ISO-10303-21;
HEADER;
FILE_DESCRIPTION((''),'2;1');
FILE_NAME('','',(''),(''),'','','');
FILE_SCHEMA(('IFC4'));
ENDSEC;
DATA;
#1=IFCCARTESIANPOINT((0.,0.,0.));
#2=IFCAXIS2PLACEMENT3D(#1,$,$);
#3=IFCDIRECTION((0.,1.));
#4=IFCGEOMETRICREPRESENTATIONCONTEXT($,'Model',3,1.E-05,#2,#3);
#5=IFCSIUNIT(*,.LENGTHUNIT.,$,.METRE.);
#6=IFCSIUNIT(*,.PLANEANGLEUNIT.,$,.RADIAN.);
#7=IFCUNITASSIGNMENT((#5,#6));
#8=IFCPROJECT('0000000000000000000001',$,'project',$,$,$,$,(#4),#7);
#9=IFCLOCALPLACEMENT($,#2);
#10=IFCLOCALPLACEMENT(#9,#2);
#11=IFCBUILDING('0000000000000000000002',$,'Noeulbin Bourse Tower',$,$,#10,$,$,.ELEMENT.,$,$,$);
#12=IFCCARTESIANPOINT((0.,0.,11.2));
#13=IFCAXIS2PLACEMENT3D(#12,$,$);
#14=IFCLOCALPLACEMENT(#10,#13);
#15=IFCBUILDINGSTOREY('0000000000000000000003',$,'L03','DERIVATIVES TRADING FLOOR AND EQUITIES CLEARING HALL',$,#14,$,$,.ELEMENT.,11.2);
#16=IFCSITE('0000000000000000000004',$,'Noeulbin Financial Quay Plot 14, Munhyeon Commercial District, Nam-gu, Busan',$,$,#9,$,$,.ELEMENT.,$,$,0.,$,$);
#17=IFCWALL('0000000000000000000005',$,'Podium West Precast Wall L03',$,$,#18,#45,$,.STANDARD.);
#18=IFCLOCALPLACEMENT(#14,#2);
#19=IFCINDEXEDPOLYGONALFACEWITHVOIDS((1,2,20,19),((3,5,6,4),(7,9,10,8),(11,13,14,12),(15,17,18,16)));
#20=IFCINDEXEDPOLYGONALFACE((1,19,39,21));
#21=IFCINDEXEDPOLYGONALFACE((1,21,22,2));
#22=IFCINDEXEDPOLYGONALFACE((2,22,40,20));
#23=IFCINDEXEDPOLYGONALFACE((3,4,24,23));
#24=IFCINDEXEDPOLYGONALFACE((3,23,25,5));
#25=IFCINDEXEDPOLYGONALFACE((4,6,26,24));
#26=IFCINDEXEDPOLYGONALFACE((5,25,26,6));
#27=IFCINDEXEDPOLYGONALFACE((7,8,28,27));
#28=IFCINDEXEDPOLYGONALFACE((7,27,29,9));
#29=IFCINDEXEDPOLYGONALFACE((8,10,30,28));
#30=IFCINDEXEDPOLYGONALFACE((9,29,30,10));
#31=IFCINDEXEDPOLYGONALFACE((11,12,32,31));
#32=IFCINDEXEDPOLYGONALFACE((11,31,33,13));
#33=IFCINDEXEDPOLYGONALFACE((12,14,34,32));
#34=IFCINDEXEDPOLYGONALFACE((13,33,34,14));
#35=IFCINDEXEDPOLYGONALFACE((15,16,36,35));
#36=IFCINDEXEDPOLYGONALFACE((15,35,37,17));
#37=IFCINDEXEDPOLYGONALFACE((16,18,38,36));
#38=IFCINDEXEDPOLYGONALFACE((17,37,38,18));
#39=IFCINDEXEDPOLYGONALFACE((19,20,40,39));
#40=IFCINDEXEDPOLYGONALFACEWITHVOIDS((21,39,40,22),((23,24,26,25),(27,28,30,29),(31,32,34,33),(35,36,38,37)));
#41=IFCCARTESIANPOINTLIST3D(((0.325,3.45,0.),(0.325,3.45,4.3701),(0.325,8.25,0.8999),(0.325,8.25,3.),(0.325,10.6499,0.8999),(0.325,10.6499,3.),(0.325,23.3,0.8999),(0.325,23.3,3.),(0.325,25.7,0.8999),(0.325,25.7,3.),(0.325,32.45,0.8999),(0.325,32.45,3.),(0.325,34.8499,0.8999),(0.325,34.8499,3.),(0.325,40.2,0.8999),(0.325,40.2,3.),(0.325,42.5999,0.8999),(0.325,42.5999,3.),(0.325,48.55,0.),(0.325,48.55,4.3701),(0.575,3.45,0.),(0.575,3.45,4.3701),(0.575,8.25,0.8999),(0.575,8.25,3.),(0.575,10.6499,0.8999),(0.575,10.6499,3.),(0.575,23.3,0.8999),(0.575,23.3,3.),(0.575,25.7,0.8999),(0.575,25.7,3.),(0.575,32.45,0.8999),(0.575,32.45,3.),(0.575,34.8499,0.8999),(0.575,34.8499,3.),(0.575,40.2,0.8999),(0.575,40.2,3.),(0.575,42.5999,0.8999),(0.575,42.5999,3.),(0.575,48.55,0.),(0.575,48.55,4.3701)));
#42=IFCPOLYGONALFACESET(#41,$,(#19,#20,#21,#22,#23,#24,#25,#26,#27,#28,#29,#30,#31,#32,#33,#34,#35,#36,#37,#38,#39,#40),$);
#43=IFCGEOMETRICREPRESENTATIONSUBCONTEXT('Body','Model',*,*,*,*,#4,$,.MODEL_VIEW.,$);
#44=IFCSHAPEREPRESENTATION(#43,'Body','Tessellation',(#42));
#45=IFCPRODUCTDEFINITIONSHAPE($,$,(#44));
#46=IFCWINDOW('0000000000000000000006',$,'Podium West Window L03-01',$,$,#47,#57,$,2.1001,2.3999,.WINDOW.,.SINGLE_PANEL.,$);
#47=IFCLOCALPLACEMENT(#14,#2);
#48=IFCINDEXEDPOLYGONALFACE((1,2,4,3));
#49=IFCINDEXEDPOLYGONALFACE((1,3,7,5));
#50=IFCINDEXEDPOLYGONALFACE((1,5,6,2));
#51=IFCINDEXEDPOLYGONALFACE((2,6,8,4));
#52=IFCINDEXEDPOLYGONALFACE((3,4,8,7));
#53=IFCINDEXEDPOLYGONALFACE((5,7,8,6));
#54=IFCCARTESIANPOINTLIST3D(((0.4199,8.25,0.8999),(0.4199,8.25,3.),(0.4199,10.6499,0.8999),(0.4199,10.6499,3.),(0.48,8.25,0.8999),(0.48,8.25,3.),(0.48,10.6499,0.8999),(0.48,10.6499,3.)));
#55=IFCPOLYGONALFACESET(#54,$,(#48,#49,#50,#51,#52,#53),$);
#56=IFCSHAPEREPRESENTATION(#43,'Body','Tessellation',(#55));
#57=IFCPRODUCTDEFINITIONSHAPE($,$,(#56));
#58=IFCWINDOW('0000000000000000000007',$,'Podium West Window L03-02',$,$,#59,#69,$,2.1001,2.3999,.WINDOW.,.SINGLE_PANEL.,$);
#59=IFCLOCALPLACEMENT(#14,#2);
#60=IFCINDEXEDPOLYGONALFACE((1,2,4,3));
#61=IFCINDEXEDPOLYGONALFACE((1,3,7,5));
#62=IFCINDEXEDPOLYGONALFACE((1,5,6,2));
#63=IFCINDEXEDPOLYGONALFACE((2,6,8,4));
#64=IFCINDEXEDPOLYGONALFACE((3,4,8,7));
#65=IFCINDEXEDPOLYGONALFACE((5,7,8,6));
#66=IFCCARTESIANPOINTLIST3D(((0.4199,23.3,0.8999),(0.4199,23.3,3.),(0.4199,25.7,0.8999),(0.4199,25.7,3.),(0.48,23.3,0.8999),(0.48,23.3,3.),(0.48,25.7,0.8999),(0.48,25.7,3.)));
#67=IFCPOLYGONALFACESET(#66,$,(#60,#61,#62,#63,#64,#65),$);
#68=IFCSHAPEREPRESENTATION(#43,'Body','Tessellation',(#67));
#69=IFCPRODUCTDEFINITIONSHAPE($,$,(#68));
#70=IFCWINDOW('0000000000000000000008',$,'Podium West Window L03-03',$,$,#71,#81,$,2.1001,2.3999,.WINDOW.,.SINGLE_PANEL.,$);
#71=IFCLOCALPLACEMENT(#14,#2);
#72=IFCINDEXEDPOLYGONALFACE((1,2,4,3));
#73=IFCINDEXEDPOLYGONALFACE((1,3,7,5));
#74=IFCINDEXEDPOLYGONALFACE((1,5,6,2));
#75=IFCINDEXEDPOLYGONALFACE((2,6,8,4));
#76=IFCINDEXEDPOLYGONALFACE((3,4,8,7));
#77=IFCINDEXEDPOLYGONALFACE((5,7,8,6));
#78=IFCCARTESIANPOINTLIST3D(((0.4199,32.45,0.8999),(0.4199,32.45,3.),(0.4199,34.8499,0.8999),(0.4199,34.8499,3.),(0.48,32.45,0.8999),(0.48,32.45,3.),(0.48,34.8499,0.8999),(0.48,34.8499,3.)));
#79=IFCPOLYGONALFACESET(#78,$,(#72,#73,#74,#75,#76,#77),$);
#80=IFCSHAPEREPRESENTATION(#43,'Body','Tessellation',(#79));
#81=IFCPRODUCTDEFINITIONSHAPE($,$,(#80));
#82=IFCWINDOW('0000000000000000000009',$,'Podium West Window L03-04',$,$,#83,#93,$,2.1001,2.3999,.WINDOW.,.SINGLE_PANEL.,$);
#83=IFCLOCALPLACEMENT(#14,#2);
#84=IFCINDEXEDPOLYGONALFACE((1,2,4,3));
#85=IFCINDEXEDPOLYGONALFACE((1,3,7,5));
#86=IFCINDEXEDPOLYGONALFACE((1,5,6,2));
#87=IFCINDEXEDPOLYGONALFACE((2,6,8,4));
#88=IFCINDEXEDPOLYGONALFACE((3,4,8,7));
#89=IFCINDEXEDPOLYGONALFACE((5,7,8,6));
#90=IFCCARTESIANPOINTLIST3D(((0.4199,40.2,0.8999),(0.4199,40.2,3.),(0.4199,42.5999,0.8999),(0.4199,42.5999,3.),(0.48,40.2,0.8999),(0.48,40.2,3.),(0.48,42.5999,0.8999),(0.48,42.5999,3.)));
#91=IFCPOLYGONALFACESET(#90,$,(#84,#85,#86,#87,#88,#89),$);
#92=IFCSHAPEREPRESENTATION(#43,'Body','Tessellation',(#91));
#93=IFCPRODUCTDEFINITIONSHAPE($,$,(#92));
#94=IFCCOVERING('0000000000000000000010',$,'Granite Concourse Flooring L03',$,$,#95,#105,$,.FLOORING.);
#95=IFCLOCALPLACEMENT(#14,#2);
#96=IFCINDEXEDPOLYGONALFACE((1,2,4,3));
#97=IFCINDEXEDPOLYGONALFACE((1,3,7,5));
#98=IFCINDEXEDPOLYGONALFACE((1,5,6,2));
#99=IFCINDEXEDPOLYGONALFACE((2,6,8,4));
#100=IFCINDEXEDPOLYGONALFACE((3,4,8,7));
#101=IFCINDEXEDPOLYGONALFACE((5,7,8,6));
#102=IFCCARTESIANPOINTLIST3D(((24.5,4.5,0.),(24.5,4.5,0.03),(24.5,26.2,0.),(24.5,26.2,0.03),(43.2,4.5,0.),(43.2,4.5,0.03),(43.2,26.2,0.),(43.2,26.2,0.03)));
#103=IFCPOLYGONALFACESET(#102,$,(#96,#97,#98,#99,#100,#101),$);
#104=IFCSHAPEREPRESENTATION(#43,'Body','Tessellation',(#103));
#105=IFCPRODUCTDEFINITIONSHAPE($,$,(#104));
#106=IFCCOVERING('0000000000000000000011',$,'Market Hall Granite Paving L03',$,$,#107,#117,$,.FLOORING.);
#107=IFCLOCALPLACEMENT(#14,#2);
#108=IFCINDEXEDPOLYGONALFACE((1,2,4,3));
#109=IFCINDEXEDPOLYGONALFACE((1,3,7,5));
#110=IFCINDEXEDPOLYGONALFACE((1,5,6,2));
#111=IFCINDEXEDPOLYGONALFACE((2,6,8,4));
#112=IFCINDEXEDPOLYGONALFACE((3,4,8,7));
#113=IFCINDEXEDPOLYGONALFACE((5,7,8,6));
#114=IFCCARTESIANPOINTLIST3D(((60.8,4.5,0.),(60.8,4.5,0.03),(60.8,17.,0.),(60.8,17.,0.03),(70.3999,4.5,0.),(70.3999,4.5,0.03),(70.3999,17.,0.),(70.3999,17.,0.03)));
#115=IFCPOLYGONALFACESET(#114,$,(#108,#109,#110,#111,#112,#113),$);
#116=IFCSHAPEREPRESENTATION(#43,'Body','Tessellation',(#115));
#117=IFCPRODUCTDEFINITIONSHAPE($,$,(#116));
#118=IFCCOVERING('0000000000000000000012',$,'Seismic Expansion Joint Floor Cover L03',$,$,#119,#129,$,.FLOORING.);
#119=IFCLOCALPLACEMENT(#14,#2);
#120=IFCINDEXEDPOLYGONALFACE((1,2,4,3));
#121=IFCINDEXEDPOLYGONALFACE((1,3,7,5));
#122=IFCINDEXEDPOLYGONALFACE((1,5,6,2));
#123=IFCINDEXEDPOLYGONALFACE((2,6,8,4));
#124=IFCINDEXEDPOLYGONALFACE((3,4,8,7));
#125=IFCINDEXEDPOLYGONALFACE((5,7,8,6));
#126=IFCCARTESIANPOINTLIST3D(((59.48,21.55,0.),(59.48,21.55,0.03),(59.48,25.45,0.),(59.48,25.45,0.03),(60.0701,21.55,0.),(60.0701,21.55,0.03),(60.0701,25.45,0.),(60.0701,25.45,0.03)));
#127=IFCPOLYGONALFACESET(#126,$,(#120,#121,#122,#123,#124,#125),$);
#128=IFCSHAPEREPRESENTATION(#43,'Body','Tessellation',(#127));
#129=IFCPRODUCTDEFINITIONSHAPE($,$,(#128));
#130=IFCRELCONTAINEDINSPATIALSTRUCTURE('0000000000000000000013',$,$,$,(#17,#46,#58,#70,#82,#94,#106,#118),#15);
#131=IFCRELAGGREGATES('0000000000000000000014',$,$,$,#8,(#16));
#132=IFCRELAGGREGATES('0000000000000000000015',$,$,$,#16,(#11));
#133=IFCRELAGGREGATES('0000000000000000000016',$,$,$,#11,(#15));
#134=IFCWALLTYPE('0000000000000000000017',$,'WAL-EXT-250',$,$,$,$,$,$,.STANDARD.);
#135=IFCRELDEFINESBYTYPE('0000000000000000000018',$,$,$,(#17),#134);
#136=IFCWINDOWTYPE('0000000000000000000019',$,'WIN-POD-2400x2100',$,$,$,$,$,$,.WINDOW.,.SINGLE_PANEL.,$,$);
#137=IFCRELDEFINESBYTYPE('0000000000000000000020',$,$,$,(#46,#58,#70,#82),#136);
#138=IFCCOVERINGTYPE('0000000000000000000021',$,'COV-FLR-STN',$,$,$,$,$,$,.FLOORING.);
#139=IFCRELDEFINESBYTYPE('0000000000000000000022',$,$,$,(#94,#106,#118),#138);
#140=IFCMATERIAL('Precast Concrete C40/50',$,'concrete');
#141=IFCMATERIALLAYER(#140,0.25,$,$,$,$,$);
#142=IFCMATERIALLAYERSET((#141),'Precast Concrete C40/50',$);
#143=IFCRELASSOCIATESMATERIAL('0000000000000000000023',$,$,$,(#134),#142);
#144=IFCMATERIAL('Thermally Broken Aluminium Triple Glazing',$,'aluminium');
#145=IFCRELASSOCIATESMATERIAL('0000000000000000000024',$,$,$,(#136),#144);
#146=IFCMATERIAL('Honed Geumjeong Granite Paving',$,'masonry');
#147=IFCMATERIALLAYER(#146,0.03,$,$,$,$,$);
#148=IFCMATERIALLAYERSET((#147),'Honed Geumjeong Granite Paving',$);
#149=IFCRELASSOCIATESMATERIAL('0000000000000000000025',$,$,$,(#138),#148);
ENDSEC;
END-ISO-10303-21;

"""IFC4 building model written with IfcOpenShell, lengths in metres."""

from ifc_helpers import new_model, si_unit, direction, frame, frame_2d, origin, place, context, subcontext, project, spatial, polyline, rectangle, outline, extrude, material, layer, layer_set, type_object, element, fill, save


model = new_model("IFC4")

# Units and contexts
model_context = context("Model", 3, precision=1e-05, world=origin(), true_north=direction((0.0, 1.0)))
body_context = subcontext(model_context, "Body", "Model", "MODEL_VIEW")
ifc_project = project(units=[si_unit("LENGTHUNIT", "METRE"), si_unit("PLANEANGLEUNIT", "RADIAN")], contexts=[model_context])

# Site, building, storey
site_placement = place(None, origin())
site = spatial("IfcSite", under=ifc_project, at=site_placement, Name="Noeulbin Financial Quay Plot 14, Munhyeon Commercial District, Nam-gu, Busan", CompositionType="ELEMENT", RefElevation=0.0)
building_placement = place(site_placement, origin())
building = spatial("IfcBuilding", under=site, at=building_placement, Name="Noeulbin Bourse Tower", CompositionType="ELEMENT")
storey_placement = place(building_placement, frame((0.0, 0.0, 11.2)))
storey = spatial("IfcBuildingStorey", under=building, at=storey_placement, Name="L03", Description="DERIVATIVES TRADING FLOOR AND EQUITIES CLEARING HALL", CompositionType="ELEMENT", Elevation=11.2)

# Wall, openings, windows
ifc_material_1 = material(Name="Precast Concrete C40/50", Category="concrete")
ifc_layer_1 = layer(ifc_material_1, 0.25)
ifc_layer_set_1 = layer_set([ifc_layer_1], Name="Precast Concrete C40/50")
wall_type = type_object("IfcWallType", Name="WAL-EXT-250", PredefinedType="STANDARD", material=ifc_layer_set_1)
wall_placement = place(storey_placement, frame((0.45, 3.45, 0.0), z_axis=(0.0, 0.0, 1.0), x_axis=(0.0, 1.0, 0.0)))
wall = element("IfcWall", 1, at=wall_placement, inside=storey, type_object=wall_type, Name="Podium West Precast Wall L03", PredefinedType="STANDARD", context=body_context, shape_type="SweptSolid", body=[
    extrude(rectangle(XDim=45.1001, YDim=0.25, at=frame_2d((22.55, 0.0))), origin(), (0.0, 0.0, 1.0), 4.3701),
])
opening_1_placement = place(wall_placement, frame((4.8, 0.0, 0.8999)))
opening_1 = element("IfcOpeningElement", 2, at=opening_1_placement, cuts=wall, PredefinedType="OPENING", context=body_context, shape_type="SweptSolid", body=[
    extrude(rectangle(XDim=2.3999, YDim=2.1001, at=frame_2d((1.2, 1.05))), frame((0.0, 0.135, 0.0), z_axis=(0.0, -1.0, 0.0), x_axis=(1.0, 0.0, 0.0)), (0.0, 0.0, 1.0), 0.27),
])
opening_2_placement = place(wall_placement, frame((19.8501, 0.0, 0.8999)))
opening_2 = element("IfcOpeningElement", 3, at=opening_2_placement, cuts=wall, PredefinedType="OPENING", context=body_context, shape_type="SweptSolid", body=[
    extrude(rectangle(XDim=2.3999, YDim=2.1001, at=frame_2d((1.2, 1.05))), frame((0.0, 0.135, 0.0), z_axis=(0.0, -1.0, 0.0), x_axis=(1.0, 0.0, 0.0)), (0.0, 0.0, 1.0), 0.27),
])
opening_3_placement = place(wall_placement, frame((29.0, 0.0, 0.8999)))
opening_3 = element("IfcOpeningElement", 4, at=opening_3_placement, cuts=wall, PredefinedType="OPENING", context=body_context, shape_type="SweptSolid", body=[
    extrude(rectangle(XDim=2.3999, YDim=2.1001, at=frame_2d((1.2, 1.05))), frame((0.0, 0.135, 0.0), z_axis=(0.0, -1.0, 0.0), x_axis=(1.0, 0.0, 0.0)), (0.0, 0.0, 1.0), 0.27),
])
opening_4_placement = place(wall_placement, frame((36.75, 0.0, 0.8999)))
opening_4 = element("IfcOpeningElement", 5, at=opening_4_placement, cuts=wall, PredefinedType="OPENING", context=body_context, shape_type="SweptSolid", body=[
    extrude(rectangle(XDim=2.3999, YDim=2.1001, at=frame_2d((1.2, 1.05))), frame((0.0, 0.135, 0.0), z_axis=(0.0, -1.0, 0.0), x_axis=(1.0, 0.0, 0.0)), (0.0, 0.0, 1.0), 0.27),
])
ifc_material_2 = material(Name="Thermally Broken Aluminium Triple Glazing", Category="aluminium")
window_type = type_object("IfcWindowType", Name="WIN-POD-2400x2100", PartitioningType="SINGLE_PANEL", PredefinedType="WINDOW", material=ifc_material_2)
window_1_placement = place(opening_1_placement, origin())
window_1 = element("IfcWindow", 6, at=window_1_placement, inside=storey, type_object=window_type, Name="Podium West Window L03-01", OverallHeight=2.1001, OverallWidth=2.3999, PartitioningType="SINGLE_PANEL", PredefinedType="WINDOW", context=body_context, shape_type="SweptSolid", body=[
    extrude(rectangle(XDim=2.3999, YDim=2.1001, at=frame_2d((1.2, 1.05))), frame((0.0, 0.03, 0.0), z_axis=(0.0, -1.0, 0.0), x_axis=(1.0, 0.0, 0.0)), (0.0, 0.0, 1.0), 0.0601),
])
fill(opening_1, window_1)
window_2_placement = place(opening_2_placement, origin())
window_2 = element("IfcWindow", 7, at=window_2_placement, inside=storey, type_object=window_type, Name="Podium West Window L03-02", OverallHeight=2.1001, OverallWidth=2.3999, PartitioningType="SINGLE_PANEL", PredefinedType="WINDOW", context=body_context, shape_type="SweptSolid", body=[
    extrude(rectangle(XDim=2.3999, YDim=2.1001, at=frame_2d((1.2, 1.05))), frame((0.0, 0.03, 0.0), z_axis=(0.0, -1.0, 0.0), x_axis=(1.0, 0.0, 0.0)), (0.0, 0.0, 1.0), 0.0601),
])
fill(opening_2, window_2)
window_3_placement = place(opening_3_placement, origin())
window_3 = element("IfcWindow", 8, at=window_3_placement, inside=storey, type_object=window_type, Name="Podium West Window L03-03", OverallHeight=2.1001, OverallWidth=2.3999, PartitioningType="SINGLE_PANEL", PredefinedType="WINDOW", context=body_context, shape_type="SweptSolid", body=[
    extrude(rectangle(XDim=2.3999, YDim=2.1001, at=frame_2d((1.2, 1.05))), frame((0.0, 0.03, 0.0), z_axis=(0.0, -1.0, 0.0), x_axis=(1.0, 0.0, 0.0)), (0.0, 0.0, 1.0), 0.0601),
])
fill(opening_3, window_3)
window_4_placement = place(opening_4_placement, origin())
window_4 = element("IfcWindow", 9, at=window_4_placement, inside=storey, type_object=window_type, Name="Podium West Window L03-04", OverallHeight=2.1001, OverallWidth=2.3999, PartitioningType="SINGLE_PANEL", PredefinedType="WINDOW", context=body_context, shape_type="SweptSolid", body=[
    extrude(rectangle(XDim=2.3999, YDim=2.1001, at=frame_2d((1.2, 1.05))), frame((0.0, 0.03, 0.0), z_axis=(0.0, -1.0, 0.0), x_axis=(1.0, 0.0, 0.0)), (0.0, 0.0, 1.0), 0.0601),
])
fill(opening_4, window_4)

# Coverings
ifc_material_3 = material(Name="Honed Geumjeong Granite Paving", Category="masonry")
ifc_layer_2 = layer(ifc_material_3, 0.03)
ifc_layer_set_2 = layer_set([ifc_layer_2], Name="Honed Geumjeong Granite Paving")
covering_type = type_object("IfcCoveringType", Name="COV-FLR-STN", PredefinedType="FLOORING", material=ifc_layer_set_2)
covering_1_placement = place(storey_placement, origin())
element("IfcCovering", 10, at=covering_1_placement, inside=storey, type_object=covering_type, Name="Granite Concourse Flooring L03", PredefinedType="FLOORING", context=body_context, shape_type="SweptSolid", body=[
    extrude(outline(polyline([(24.5, 4.5), (43.2, 4.5), (43.2, 26.2), (24.5, 26.2), (24.5, 4.5)])), origin(), (0.0, 0.0, 1.0), 0.03),
])
covering_2_placement = place(storey_placement, origin())
element("IfcCovering", 11, at=covering_2_placement, inside=storey, type_object=covering_type, Name="Market Hall Granite Paving L03", PredefinedType="FLOORING", context=body_context, shape_type="SweptSolid", body=[
    extrude(outline(polyline([(60.8, 4.5), (70.3999, 4.5), (70.3999, 17.0), (60.8, 17.0), (60.8, 4.5)])), origin(), (0.0, 0.0, 1.0), 0.03),
])
covering_3_placement = place(storey_placement, origin())
element("IfcCovering", 12, at=covering_3_placement, inside=storey, type_object=covering_type, Name="Seismic Expansion Joint Floor Cover L03", PredefinedType="FLOORING", context=body_context, shape_type="SweptSolid", body=[
    extrude(outline(polyline([(59.48, 21.55), (60.0701, 21.55), (60.0701, 25.45), (59.48, 25.45), (59.48, 21.55)])), origin(), (0.0, 0.0, 1.0), 0.03),
])

save(model, "model.ifc")
